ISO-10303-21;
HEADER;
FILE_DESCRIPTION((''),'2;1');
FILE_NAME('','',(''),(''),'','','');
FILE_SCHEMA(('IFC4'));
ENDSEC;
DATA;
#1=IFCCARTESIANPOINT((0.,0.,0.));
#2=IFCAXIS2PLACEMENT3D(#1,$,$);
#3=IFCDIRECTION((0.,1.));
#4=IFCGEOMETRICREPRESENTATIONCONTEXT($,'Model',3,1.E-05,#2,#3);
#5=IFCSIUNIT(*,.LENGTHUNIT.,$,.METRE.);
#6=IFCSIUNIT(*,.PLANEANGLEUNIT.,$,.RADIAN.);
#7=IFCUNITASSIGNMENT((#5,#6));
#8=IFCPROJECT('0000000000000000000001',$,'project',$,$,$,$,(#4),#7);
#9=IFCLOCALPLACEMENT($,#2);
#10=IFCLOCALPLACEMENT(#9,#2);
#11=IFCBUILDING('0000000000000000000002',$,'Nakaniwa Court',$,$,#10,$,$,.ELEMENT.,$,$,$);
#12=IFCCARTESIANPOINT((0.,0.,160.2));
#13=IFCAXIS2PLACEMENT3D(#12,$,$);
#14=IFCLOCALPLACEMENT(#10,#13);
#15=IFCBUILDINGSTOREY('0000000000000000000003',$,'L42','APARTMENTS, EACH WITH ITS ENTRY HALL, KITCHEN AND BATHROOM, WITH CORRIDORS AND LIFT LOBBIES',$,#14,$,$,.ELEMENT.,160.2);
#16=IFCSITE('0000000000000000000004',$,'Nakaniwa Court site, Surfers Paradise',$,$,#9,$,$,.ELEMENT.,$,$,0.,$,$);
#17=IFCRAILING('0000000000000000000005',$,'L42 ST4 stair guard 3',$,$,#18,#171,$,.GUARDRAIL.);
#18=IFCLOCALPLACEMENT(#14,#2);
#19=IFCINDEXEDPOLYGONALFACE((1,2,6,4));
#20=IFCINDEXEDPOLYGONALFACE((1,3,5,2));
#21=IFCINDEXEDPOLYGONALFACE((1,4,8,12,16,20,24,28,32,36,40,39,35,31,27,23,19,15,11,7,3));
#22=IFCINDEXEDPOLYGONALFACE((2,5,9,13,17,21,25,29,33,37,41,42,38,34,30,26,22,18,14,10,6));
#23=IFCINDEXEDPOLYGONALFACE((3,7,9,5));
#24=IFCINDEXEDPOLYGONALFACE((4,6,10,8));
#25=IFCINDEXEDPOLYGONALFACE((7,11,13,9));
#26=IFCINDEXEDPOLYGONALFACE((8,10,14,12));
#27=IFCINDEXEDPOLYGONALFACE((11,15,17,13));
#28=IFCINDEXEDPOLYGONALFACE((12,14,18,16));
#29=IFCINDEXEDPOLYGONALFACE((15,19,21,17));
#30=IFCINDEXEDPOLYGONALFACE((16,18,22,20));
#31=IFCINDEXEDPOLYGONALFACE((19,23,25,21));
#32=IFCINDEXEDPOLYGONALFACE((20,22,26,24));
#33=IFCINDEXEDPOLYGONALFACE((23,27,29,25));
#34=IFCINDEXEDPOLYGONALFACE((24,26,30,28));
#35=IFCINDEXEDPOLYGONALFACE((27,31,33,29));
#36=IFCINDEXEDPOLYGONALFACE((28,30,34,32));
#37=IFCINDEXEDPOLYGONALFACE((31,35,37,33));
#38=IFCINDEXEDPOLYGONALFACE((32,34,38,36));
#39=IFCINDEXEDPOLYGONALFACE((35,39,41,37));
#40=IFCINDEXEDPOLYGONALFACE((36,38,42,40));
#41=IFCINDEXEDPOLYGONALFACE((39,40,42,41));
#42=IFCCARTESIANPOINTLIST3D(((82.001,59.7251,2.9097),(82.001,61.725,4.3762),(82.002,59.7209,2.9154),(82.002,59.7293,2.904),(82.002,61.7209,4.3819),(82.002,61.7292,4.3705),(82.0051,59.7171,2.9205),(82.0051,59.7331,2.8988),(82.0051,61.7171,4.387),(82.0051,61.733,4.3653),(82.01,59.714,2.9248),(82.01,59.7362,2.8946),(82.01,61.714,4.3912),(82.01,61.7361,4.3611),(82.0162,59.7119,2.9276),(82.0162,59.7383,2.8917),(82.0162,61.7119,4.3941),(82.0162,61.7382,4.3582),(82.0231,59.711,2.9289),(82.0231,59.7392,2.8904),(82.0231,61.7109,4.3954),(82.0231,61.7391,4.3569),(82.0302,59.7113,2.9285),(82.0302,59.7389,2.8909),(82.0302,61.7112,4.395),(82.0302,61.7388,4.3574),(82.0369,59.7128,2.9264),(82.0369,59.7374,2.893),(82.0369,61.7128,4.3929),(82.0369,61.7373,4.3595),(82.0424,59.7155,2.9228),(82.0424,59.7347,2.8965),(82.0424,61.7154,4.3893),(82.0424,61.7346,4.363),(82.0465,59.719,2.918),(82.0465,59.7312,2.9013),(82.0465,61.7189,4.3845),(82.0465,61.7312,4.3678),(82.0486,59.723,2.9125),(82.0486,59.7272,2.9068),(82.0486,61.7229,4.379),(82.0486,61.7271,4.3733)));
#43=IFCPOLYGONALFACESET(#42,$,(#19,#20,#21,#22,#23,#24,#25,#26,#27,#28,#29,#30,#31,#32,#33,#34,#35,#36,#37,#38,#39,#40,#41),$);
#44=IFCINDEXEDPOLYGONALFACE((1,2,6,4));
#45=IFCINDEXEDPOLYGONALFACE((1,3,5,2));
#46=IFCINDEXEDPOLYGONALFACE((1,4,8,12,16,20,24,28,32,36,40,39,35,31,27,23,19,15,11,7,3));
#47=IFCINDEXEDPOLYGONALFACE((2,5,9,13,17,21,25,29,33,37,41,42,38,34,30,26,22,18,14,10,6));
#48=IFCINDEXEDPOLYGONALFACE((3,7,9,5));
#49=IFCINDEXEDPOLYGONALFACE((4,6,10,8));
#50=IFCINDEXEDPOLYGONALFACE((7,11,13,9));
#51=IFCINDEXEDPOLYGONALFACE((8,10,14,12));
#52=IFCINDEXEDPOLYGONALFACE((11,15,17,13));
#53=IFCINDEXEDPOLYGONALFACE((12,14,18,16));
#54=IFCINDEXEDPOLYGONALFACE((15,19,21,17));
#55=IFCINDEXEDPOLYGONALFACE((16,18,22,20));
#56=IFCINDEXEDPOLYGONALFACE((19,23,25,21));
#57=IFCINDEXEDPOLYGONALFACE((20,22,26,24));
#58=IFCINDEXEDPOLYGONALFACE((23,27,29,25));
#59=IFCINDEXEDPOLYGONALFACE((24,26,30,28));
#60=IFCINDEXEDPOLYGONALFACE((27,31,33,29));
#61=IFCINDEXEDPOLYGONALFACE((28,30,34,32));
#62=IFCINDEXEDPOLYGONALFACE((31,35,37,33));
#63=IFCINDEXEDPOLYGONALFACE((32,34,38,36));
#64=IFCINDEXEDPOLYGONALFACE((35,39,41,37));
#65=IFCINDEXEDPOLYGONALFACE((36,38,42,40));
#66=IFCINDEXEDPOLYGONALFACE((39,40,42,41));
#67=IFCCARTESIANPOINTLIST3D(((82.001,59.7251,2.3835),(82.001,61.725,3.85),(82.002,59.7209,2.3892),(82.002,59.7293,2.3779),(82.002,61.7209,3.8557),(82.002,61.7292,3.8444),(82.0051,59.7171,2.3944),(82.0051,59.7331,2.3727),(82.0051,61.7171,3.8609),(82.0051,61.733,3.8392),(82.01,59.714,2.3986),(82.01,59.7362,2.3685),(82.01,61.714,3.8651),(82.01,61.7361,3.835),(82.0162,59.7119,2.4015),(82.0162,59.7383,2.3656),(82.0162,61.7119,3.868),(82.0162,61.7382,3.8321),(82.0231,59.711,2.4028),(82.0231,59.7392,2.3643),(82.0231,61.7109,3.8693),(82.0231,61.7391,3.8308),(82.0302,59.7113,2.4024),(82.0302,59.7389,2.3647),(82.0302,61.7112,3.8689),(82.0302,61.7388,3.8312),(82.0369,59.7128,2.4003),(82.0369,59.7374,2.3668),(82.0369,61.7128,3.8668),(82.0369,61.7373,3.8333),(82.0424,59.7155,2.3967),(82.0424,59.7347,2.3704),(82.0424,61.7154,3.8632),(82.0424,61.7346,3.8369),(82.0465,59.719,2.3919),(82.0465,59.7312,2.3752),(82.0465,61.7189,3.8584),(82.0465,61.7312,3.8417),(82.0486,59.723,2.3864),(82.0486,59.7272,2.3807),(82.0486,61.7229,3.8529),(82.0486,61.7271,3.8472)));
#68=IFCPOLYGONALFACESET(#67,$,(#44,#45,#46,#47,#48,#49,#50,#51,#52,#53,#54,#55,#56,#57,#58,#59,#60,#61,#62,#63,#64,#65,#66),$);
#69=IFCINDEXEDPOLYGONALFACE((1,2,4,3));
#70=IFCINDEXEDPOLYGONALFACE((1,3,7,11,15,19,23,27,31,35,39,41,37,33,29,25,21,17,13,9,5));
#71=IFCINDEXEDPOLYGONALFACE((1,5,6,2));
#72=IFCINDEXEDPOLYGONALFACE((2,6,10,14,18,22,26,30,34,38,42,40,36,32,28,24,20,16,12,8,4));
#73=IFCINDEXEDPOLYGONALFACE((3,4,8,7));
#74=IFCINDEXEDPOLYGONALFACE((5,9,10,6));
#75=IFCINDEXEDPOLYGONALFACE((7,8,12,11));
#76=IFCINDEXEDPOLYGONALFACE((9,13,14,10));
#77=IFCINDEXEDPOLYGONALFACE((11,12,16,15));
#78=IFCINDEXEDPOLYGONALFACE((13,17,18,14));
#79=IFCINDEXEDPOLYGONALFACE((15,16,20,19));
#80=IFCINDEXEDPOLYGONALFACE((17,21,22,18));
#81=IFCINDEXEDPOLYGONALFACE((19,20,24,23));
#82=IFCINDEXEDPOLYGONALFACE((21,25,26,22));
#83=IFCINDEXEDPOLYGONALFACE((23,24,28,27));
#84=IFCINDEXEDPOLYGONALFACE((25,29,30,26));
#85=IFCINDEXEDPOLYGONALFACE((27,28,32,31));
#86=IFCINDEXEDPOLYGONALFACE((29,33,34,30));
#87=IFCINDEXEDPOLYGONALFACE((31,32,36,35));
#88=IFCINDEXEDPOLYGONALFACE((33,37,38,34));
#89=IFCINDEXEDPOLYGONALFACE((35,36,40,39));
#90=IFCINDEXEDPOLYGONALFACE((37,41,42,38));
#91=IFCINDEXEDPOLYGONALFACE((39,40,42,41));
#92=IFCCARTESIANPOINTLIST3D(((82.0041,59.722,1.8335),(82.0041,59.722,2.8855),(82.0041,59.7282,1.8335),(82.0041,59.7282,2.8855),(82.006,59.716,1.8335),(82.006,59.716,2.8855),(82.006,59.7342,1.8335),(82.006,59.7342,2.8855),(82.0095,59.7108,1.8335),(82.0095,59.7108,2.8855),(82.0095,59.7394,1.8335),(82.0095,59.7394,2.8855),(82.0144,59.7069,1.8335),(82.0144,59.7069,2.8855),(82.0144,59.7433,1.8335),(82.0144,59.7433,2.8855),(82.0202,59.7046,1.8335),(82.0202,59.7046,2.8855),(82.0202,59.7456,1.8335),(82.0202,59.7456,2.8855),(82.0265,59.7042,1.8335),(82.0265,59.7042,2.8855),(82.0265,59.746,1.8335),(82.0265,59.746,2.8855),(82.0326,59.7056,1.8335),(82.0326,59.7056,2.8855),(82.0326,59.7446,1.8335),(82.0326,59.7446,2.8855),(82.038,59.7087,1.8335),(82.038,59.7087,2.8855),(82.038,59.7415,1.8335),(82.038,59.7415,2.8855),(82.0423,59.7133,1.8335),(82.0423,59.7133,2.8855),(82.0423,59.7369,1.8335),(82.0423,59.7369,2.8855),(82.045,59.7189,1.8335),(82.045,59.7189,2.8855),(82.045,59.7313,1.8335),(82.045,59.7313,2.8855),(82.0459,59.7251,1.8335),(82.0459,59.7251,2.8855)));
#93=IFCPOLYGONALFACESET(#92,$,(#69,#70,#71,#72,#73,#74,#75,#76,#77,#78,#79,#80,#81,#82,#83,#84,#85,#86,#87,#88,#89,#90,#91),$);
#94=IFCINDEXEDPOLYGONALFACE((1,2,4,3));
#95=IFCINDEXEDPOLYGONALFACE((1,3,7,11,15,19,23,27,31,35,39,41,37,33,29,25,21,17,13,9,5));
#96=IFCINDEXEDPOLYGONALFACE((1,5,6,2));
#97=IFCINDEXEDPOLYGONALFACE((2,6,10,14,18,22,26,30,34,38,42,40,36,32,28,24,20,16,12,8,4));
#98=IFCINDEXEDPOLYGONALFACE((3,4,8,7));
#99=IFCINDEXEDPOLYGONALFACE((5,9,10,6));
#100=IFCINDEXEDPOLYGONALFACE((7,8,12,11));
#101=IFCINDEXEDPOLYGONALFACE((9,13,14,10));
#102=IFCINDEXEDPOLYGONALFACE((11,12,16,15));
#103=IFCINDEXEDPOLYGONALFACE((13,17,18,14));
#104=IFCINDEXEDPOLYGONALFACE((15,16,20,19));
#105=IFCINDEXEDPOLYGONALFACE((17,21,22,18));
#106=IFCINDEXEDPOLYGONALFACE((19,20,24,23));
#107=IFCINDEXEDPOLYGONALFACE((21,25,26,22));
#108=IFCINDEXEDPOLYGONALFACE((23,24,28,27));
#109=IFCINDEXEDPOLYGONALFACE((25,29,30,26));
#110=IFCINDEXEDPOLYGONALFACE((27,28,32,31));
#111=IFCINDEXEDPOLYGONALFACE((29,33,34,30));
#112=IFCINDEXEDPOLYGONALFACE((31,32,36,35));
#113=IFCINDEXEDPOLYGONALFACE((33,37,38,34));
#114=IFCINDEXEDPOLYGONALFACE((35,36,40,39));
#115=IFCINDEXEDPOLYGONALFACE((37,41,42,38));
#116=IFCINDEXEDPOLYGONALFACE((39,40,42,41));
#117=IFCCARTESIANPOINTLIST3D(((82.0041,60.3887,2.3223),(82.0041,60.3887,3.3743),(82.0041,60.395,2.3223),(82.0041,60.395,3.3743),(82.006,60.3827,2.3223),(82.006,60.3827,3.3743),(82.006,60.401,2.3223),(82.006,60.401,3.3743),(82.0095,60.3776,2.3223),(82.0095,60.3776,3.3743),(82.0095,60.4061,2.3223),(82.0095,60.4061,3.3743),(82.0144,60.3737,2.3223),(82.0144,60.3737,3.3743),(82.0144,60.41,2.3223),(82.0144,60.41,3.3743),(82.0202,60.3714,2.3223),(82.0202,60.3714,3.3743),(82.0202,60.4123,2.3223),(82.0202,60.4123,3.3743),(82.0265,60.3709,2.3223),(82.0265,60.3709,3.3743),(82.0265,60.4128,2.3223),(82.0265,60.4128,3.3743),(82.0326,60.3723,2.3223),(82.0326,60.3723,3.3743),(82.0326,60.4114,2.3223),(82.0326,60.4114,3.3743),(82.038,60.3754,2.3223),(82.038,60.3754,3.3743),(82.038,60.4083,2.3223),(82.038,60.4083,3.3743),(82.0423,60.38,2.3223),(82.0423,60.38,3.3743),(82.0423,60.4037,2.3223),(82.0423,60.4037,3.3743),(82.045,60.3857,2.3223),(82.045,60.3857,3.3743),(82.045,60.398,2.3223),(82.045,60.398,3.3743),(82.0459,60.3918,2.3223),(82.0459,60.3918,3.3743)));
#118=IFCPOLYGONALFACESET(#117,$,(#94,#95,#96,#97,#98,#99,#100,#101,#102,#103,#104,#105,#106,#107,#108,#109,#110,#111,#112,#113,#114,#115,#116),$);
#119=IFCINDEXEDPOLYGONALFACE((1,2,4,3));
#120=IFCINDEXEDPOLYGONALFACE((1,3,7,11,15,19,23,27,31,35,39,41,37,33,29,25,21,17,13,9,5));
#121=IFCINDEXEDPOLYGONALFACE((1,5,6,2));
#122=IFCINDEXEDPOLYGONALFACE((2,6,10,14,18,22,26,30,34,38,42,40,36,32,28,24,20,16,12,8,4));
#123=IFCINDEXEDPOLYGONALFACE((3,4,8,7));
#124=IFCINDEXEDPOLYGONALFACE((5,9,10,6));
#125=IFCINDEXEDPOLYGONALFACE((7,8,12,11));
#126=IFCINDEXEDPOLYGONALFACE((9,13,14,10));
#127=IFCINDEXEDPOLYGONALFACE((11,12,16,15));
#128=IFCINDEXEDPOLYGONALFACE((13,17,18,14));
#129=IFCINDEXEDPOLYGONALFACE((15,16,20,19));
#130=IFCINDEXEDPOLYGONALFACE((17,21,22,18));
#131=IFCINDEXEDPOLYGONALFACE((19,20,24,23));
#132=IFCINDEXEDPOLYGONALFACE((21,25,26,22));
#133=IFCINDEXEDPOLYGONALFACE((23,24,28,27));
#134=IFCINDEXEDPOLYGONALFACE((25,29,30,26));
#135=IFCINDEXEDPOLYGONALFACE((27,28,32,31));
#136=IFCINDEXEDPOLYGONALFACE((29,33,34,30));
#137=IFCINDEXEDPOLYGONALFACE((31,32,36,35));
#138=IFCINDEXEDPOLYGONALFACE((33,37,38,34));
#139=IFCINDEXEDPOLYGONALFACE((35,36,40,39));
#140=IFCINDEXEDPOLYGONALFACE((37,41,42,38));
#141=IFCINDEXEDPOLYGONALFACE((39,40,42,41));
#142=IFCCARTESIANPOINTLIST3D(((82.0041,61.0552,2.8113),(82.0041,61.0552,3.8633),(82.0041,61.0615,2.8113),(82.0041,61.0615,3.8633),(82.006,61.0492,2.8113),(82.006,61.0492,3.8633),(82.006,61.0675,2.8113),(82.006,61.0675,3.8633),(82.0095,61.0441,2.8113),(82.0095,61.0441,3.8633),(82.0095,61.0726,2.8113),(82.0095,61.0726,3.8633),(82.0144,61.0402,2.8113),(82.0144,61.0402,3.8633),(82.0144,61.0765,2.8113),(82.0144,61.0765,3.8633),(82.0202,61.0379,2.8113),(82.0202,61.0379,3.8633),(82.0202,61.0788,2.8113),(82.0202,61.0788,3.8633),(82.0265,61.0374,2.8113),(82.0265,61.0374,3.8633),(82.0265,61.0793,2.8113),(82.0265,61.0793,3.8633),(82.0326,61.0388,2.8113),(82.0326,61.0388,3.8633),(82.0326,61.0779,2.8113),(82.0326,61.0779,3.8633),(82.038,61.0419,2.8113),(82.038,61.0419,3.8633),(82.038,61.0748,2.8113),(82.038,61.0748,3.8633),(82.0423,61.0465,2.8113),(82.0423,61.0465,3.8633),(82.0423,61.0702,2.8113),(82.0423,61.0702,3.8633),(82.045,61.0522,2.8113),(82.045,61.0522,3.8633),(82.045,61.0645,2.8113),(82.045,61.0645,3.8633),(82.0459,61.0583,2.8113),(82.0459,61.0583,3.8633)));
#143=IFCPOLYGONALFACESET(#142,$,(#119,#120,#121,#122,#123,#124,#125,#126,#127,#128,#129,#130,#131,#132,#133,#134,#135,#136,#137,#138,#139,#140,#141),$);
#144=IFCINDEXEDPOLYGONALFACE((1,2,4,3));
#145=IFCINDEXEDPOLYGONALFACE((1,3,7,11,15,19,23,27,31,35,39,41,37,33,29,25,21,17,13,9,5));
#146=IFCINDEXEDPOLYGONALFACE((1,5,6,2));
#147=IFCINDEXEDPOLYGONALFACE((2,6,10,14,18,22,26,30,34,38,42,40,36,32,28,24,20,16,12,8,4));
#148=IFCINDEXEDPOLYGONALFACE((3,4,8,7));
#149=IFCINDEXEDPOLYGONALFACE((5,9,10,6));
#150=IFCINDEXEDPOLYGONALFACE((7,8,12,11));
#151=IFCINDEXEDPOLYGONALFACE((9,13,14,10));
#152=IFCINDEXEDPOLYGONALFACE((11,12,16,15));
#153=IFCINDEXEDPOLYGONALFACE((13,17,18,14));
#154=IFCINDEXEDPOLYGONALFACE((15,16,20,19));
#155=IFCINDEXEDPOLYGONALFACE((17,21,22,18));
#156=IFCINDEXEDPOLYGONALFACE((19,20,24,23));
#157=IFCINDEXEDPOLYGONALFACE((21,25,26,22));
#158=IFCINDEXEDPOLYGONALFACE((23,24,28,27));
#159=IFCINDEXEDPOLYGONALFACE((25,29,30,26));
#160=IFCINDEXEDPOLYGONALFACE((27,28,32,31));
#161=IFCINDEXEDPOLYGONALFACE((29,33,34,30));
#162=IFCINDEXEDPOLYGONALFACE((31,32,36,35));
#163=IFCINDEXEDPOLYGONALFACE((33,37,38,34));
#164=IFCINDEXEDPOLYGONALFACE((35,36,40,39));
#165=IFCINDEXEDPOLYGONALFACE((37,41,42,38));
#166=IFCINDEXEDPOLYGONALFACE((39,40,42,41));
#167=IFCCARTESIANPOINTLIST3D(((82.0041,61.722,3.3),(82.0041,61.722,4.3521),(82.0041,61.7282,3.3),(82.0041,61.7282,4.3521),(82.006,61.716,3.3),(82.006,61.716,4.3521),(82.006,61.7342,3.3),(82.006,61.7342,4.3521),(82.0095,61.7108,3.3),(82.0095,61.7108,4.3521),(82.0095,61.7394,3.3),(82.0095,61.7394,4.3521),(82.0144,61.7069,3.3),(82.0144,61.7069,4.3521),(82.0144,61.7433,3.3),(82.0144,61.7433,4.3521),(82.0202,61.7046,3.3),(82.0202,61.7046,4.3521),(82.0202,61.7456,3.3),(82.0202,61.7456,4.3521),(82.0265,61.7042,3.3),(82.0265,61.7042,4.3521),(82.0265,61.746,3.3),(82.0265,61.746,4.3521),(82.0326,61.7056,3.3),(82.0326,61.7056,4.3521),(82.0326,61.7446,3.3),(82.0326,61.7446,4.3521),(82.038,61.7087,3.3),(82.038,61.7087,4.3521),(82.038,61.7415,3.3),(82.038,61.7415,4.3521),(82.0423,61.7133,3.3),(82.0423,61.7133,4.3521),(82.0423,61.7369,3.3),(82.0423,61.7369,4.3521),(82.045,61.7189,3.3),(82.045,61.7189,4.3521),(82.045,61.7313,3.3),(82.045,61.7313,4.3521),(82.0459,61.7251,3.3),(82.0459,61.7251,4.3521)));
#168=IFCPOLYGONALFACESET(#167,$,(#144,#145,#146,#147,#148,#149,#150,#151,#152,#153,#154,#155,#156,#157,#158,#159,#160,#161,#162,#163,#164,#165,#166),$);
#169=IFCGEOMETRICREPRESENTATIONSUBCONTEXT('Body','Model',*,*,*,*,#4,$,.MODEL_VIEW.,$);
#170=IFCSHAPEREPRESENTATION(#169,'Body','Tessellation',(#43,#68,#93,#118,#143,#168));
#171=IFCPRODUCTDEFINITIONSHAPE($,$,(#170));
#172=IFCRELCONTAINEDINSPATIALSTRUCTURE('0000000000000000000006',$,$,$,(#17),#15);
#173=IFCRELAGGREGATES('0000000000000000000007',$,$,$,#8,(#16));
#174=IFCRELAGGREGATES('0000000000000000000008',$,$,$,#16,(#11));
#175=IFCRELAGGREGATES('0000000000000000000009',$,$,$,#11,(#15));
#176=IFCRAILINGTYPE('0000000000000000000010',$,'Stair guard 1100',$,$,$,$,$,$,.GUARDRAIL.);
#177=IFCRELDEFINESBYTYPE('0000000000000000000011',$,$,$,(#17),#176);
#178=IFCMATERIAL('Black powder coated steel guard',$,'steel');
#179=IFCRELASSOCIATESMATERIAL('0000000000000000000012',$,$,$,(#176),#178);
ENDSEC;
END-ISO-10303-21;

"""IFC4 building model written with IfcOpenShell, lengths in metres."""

from ifc_helpers import new_model, si_unit, direction, frame, origin, origin_2d, place, context, subcontext, project, spatial, circle, extrude, material, type_object, element, save


model = new_model("IFC4")

# Units and contexts
model_context = context("Model", 3, precision=1e-05, world=origin(), true_north=direction((0.0, 1.0)))
body_context = subcontext(model_context, "Body", "Model", "MODEL_VIEW")
ifc_project = project(units=[si_unit("LENGTHUNIT", "METRE"), si_unit("PLANEANGLEUNIT", "RADIAN")], contexts=[model_context])

# Site, building, storey
site_placement = place(None, origin())
site = spatial("IfcSite", under=ifc_project, at=site_placement, Name="Nakaniwa Court site, Surfers Paradise", CompositionType="ELEMENT", RefElevation=0.0)
building_placement = place(site_placement, origin())
building = spatial("IfcBuilding", under=site, at=building_placement, Name="Nakaniwa Court", CompositionType="ELEMENT")
storey_placement = place(building_placement, frame((0.0, 0.0, 160.2)))
storey = spatial("IfcBuildingStorey", under=building, at=storey_placement, Name="L42", Description="APARTMENTS, EACH WITH ITS ENTRY HALL, KITCHEN AND BATHROOM, WITH CORRIDORS AND LIFT LOBBIES", CompositionType="ELEMENT", Elevation=160.2)

# Railing
ifc_material_1 = material(Name="Black powder coated steel guard", Category="steel")
railing_type_1 = type_object("IfcRailingType", Name="Stair guard 1100", PredefinedType="GUARDRAIL", material=ifc_material_1)
railing_1_placement = place(storey_placement, frame((82.0249, 59.7251, 1.8335)))
element("IfcRailing", 1, at=railing_1_placement, inside=storey, type_object=railing_type_1, Name="L42 ST4 stair guard 3", PredefinedType="GUARDRAIL", context=body_context, shape_type="SweptSolid", body=[
    extrude(circle(Radius=0.0239, at=origin_2d()), frame((0.0, 0.0, 1.0762), z_axis=(0.0, 0.806427, 0.591334), x_axis=(-1.0, 0.0, 0.0)), (0.0, 0.0, 1.0), 2.48),
    extrude(circle(Radius=0.0239, at=origin_2d()), frame((0.0, 0.0, 0.55), z_axis=(0.0, 0.806427, 0.591334), x_axis=(-1.0, 0.0, 0.0)), (0.0, 0.0, 1.0), 2.48),
    extrude(circle(Radius=0.021, at=origin_2d()), origin(), (0.0, 0.0, 1.0), 1.052),
    extrude(circle(Radius=0.021, at=origin_2d()), frame((0.0, 0.6667, 0.4888)), (0.0, 0.0, 1.0), 1.052),
    extrude(circle(Radius=0.021, at=origin_2d()), frame((0.0, 1.3333, 0.9778)), (0.0, 0.0, 1.0), 1.052),
    extrude(circle(Radius=0.021, at=origin_2d()), frame((0.0, 2.0, 1.4666)), (0.0, 0.0, 1.0), 1.052),
])

save(model, "model.ifc")
